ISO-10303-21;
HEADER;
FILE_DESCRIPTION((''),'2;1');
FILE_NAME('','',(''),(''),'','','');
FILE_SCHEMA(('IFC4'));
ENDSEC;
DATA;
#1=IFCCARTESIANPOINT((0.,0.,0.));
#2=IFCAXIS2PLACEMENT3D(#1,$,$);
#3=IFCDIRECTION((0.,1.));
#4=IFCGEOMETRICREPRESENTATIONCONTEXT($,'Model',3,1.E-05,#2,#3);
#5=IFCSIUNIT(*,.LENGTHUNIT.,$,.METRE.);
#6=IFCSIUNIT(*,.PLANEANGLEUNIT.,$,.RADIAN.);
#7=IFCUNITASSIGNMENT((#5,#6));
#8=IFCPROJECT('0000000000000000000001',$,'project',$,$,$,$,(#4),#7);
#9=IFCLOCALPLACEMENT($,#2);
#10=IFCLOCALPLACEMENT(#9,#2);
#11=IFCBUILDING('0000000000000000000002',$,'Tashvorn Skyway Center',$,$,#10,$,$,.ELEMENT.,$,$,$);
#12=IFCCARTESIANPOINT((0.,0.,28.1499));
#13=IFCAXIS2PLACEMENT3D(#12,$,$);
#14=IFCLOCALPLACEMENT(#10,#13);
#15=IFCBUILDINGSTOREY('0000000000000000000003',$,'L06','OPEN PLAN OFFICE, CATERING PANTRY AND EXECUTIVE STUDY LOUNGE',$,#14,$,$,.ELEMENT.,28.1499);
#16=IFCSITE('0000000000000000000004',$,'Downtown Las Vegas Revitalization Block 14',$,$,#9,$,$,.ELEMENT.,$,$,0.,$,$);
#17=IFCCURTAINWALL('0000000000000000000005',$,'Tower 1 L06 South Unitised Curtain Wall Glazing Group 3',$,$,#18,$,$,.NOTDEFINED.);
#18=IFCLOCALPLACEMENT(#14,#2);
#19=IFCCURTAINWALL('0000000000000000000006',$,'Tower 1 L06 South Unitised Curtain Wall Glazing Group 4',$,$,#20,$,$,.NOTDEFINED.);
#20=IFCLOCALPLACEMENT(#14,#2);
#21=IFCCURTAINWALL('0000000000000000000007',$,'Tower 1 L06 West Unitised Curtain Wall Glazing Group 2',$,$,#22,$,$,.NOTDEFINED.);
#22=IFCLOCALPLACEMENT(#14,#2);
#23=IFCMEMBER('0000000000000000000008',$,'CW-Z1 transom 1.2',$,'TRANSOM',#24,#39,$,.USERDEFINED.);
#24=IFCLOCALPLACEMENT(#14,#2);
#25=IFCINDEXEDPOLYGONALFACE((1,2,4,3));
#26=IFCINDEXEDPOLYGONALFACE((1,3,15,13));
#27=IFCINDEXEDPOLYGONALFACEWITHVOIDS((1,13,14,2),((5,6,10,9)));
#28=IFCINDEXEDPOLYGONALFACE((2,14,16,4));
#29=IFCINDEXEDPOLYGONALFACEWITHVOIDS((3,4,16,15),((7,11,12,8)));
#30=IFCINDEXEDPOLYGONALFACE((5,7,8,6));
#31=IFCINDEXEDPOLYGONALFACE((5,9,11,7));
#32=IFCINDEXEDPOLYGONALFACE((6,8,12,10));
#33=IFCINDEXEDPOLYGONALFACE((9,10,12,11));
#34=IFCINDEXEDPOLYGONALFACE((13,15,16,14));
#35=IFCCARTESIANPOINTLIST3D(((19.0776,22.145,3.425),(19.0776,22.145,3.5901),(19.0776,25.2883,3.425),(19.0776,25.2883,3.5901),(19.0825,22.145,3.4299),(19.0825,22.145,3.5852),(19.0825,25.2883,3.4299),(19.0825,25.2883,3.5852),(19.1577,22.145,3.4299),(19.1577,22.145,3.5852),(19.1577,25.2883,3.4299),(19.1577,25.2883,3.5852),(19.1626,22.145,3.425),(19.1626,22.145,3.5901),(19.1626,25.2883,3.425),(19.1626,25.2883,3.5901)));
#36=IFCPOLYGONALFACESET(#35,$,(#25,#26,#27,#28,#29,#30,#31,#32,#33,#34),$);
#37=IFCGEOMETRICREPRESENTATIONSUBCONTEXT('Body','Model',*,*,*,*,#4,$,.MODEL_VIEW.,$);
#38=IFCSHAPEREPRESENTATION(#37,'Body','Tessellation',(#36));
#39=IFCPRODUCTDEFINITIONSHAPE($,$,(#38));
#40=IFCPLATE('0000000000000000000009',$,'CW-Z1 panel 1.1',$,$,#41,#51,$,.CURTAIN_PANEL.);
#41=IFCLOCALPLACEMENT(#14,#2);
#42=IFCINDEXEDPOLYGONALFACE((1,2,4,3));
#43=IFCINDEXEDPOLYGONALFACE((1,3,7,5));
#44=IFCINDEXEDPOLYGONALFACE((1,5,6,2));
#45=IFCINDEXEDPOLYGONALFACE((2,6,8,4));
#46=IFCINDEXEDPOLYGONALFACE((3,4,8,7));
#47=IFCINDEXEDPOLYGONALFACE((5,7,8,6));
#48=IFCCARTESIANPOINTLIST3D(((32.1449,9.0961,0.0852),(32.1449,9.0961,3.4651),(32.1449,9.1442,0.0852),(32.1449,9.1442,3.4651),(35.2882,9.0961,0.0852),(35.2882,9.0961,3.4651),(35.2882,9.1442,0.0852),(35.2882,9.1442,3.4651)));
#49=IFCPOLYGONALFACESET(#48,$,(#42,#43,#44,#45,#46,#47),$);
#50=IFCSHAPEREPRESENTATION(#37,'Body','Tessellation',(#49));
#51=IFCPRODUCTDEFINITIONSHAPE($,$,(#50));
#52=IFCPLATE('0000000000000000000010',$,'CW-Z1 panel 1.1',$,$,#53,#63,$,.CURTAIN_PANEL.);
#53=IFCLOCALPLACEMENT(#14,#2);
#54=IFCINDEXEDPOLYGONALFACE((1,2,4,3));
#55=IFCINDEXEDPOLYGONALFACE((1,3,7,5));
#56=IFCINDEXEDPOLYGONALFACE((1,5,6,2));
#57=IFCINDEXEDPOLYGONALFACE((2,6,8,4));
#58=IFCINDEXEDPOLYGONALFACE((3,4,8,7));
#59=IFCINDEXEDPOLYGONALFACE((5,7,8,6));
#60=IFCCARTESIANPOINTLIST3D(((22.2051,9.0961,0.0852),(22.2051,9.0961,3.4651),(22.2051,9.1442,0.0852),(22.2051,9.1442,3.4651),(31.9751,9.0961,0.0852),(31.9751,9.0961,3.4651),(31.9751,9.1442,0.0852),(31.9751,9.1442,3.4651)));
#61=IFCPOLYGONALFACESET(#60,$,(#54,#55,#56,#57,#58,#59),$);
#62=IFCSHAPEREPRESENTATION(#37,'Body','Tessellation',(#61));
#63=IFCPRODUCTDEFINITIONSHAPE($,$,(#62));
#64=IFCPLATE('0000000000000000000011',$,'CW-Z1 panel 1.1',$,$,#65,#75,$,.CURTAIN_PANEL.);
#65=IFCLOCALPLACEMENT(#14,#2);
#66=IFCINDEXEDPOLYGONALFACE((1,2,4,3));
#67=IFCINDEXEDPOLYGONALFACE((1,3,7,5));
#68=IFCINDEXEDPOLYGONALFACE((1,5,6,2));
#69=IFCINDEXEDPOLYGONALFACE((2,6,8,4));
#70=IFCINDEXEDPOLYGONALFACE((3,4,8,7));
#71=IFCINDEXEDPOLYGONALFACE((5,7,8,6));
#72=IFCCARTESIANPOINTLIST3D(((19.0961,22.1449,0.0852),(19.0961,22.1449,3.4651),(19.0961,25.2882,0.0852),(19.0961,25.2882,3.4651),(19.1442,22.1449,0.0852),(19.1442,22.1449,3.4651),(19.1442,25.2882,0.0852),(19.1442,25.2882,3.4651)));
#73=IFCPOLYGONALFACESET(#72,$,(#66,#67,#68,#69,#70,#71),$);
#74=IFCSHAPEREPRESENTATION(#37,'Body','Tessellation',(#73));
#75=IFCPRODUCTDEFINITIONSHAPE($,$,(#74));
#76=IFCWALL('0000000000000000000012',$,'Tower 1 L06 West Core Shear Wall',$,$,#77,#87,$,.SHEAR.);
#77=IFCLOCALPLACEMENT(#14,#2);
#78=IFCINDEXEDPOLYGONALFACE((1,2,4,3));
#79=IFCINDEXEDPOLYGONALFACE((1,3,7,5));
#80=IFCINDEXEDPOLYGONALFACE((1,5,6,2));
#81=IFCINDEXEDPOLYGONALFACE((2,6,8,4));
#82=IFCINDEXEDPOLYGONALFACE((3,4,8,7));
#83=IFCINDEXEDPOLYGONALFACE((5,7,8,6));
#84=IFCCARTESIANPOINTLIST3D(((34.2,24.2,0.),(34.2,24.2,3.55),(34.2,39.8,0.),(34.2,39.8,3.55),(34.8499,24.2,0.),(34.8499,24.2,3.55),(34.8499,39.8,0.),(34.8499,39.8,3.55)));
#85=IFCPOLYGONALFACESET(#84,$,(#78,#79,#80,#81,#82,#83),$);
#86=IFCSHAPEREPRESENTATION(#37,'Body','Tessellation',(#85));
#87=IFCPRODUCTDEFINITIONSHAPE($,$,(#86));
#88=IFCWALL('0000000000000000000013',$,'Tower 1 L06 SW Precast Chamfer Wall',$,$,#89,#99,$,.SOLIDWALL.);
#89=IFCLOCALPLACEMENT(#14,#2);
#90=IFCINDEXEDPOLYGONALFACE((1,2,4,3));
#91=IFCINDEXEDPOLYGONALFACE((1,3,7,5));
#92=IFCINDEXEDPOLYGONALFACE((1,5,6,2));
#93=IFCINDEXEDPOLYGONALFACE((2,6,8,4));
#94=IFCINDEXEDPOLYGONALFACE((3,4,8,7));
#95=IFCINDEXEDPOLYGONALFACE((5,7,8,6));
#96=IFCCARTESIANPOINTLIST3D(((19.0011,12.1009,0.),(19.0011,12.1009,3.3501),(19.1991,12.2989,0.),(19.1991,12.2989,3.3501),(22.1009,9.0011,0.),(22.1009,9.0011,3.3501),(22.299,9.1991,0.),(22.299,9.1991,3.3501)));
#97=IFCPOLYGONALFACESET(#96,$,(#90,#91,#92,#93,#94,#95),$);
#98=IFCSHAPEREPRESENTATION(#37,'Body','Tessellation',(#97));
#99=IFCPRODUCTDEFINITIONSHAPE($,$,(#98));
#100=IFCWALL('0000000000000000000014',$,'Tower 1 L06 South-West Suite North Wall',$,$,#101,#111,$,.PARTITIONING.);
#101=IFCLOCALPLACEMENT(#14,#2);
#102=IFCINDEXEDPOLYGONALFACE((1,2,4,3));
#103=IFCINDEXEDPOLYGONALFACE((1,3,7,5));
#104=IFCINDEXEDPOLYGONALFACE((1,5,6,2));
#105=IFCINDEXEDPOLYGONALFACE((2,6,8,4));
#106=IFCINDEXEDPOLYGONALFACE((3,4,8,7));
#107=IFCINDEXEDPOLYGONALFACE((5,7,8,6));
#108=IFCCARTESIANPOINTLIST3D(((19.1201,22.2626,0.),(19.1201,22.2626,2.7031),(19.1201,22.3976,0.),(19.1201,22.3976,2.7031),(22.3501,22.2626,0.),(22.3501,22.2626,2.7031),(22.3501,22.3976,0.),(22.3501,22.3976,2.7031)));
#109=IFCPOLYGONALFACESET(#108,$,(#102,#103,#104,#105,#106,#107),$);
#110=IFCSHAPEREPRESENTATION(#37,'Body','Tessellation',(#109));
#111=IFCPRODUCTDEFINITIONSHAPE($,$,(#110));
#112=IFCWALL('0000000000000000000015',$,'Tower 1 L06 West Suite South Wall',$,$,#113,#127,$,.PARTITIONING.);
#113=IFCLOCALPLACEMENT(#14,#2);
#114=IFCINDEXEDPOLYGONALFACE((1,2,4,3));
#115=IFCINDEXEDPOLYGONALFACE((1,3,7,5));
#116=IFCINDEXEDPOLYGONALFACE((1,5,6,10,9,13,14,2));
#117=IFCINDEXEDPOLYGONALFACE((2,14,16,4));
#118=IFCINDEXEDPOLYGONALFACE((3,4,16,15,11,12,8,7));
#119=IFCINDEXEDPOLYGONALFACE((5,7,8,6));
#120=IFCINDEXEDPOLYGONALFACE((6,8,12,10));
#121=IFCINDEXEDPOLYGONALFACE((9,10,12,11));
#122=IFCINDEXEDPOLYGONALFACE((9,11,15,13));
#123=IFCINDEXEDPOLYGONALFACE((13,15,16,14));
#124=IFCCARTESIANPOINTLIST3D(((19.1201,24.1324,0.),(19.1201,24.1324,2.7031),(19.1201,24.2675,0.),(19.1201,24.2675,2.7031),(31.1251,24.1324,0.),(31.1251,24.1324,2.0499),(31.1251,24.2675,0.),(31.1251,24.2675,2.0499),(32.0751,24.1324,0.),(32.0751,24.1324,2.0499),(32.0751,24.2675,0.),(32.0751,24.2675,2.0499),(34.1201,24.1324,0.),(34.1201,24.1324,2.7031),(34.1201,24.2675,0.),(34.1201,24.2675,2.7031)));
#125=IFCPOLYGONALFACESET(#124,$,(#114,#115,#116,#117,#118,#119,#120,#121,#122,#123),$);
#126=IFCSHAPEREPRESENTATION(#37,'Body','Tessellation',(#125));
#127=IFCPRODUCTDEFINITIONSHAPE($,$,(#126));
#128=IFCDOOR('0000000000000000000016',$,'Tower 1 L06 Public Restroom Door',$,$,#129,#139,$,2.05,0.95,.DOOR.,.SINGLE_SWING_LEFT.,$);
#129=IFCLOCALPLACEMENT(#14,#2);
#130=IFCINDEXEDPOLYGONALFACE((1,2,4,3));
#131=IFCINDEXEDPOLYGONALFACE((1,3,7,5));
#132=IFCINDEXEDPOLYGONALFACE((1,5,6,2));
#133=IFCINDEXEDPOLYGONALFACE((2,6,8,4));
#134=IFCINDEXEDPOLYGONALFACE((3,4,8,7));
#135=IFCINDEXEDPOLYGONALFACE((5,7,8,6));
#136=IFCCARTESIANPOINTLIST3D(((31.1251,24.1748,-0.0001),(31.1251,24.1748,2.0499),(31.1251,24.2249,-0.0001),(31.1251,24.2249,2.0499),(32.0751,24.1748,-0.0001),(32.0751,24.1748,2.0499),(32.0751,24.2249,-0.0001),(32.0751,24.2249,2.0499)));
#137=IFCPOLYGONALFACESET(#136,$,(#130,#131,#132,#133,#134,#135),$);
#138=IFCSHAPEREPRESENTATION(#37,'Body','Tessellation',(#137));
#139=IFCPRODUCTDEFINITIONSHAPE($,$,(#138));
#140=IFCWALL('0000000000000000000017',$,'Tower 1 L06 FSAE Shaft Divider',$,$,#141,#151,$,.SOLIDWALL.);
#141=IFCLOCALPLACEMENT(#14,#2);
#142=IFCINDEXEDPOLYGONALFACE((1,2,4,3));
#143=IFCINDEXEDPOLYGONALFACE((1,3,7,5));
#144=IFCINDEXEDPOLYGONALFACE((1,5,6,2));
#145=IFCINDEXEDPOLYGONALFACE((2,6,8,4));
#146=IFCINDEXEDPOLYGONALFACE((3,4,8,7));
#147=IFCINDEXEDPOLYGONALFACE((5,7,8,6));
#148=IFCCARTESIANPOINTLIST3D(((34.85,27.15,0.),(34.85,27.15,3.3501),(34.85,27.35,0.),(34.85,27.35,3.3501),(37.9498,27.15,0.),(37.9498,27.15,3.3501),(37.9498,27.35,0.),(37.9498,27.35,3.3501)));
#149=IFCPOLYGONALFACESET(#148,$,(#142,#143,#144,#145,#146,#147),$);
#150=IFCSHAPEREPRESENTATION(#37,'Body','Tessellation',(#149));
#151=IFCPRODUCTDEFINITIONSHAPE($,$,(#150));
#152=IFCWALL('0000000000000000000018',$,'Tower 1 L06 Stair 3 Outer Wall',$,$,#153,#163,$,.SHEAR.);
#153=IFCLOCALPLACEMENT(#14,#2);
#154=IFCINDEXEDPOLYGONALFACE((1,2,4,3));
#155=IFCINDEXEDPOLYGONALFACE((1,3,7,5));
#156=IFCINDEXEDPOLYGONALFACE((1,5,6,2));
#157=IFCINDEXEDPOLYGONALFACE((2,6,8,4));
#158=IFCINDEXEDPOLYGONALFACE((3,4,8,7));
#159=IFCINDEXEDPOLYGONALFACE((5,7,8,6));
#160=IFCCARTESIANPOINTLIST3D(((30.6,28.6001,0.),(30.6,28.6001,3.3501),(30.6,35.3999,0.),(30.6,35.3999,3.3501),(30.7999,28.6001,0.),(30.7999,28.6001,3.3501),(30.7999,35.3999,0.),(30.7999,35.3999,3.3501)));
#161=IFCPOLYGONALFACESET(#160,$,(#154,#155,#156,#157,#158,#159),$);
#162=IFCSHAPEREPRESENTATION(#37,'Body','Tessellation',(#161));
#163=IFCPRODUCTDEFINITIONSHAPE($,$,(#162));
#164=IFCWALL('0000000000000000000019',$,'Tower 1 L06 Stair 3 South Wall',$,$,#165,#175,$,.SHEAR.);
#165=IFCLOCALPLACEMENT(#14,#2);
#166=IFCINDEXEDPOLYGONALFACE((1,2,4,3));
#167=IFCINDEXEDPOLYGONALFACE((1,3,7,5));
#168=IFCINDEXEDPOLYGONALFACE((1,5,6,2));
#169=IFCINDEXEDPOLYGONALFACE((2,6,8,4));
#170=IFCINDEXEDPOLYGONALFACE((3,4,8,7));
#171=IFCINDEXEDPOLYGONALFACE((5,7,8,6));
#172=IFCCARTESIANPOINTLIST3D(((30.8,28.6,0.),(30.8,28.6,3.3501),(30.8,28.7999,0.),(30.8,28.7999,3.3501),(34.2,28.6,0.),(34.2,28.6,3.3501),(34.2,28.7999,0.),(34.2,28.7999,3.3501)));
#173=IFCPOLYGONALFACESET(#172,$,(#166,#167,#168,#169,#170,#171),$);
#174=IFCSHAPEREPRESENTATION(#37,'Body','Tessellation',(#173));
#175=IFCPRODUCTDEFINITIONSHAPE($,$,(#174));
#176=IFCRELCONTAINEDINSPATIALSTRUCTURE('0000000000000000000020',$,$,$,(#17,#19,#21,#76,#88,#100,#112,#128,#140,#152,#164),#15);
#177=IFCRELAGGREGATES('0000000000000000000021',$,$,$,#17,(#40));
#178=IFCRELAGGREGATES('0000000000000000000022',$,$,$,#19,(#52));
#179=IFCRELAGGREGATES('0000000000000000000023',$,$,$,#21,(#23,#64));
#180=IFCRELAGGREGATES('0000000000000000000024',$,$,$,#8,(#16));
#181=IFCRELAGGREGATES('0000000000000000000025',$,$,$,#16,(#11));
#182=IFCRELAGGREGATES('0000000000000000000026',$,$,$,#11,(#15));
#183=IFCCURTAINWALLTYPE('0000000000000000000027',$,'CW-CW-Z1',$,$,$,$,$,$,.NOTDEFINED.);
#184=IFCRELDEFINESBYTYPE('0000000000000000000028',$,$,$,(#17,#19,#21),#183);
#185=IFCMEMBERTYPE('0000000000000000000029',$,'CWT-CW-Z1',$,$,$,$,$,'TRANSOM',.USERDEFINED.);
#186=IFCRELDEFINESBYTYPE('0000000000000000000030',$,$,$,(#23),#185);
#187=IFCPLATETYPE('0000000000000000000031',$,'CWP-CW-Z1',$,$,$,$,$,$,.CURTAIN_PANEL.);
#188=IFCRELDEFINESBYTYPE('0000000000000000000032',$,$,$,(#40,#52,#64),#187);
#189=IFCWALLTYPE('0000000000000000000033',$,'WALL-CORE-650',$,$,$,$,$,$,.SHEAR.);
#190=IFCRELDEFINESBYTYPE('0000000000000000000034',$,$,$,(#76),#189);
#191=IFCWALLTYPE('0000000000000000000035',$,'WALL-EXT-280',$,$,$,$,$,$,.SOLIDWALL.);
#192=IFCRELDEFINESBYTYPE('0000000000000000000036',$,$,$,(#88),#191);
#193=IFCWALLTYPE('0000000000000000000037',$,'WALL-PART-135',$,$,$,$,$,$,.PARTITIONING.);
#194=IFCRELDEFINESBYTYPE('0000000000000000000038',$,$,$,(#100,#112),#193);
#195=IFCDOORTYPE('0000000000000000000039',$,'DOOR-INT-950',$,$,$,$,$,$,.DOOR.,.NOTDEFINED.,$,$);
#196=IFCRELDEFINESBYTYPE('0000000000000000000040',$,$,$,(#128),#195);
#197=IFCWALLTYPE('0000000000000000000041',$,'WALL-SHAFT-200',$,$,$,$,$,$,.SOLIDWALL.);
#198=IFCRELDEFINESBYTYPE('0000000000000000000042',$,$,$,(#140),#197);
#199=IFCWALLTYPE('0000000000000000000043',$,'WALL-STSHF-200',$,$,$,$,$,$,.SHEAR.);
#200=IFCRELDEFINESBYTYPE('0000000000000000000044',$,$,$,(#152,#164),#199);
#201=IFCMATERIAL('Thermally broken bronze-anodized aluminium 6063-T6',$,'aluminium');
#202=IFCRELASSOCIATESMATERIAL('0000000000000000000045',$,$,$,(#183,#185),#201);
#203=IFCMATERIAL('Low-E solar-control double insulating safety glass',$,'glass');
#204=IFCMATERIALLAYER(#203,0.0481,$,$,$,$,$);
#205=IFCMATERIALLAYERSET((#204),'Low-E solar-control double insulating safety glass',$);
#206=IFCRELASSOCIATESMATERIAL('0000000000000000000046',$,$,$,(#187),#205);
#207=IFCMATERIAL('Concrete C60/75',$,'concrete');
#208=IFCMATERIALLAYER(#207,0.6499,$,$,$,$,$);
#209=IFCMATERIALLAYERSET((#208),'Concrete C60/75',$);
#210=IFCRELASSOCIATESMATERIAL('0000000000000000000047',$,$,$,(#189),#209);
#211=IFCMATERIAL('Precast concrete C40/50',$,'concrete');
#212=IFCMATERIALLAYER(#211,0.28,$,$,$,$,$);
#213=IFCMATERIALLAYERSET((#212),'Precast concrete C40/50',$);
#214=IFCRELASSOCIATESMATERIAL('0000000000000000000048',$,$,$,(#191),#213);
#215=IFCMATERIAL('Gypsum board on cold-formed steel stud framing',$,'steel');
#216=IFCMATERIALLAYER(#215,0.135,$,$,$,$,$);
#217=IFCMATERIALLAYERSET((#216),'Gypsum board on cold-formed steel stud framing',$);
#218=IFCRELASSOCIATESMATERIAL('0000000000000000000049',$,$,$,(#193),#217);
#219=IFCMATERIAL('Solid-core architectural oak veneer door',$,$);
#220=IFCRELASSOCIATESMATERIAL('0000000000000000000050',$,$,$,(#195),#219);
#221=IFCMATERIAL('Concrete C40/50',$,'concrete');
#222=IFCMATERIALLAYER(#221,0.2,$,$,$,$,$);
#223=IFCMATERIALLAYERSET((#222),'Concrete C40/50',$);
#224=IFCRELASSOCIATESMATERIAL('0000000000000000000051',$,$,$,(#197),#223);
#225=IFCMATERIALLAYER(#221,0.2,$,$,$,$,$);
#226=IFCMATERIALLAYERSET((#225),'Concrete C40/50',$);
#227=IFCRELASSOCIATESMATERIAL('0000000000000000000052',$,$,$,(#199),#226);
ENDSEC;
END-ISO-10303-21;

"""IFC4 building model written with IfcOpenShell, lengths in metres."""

from ifc_helpers import new_model, si_unit, direction, frame, frame_2d, origin, origin_2d, place, context, subcontext, project, spatial, rectangle, hollow_rectangle, extrude, material, layer, layer_set, material_profile, profile_set, type_object, element, fill, aggregate, save


model = new_model("IFC4")

# Units and contexts
model_context = context("Model", 3, precision=1e-05, world=origin(), true_north=direction((0.0, 1.0)))
body_context = subcontext(model_context, "Body", "Model", "MODEL_VIEW")
ifc_project = project(units=[si_unit("LENGTHUNIT", "METRE"), si_unit("PLANEANGLEUNIT", "RADIAN")], contexts=[model_context])

# Site, building, storey
site_placement = place(None, origin())
site = spatial("IfcSite", under=ifc_project, at=site_placement, Name="Downtown Las Vegas Revitalization Block 14", CompositionType="ELEMENT", RefElevation=0.0)
building_placement = place(site_placement, origin())
building = spatial("IfcBuilding", under=site, at=building_placement, Name="Tashvorn Skyway Center", CompositionType="ELEMENT")
storey_placement = place(building_placement, frame((0.0, 0.0, 28.1499)))
storey = spatial("IfcBuildingStorey", under=building, at=storey_placement, Name="L06", Description="OPEN PLAN OFFICE, CATERING PANTRY AND EXECUTIVE STUDY LOUNGE", CompositionType="ELEMENT", Elevation=28.1499)

# Curtain walls
ifc_material_1 = material(Name="Thermally broken bronze-anodized aluminium 6063-T6", Category="aluminium")
curtain_wall_type = type_object("IfcCurtainWallType", Name="CW-CW-Z1", PredefinedType="NOTDEFINED", material=ifc_material_1)
curtain_wall_1_placement = place(storey_placement, origin())
curtain_wall_1 = element("IfcCurtainWall", 1, at=curtain_wall_1_placement, inside=storey, type_object=curtain_wall_type, Name="Tower 1 L06 South Unitised Curtain Wall Glazing Group 3", PredefinedType="NOTDEFINED")
curtain_wall_2_placement = place(storey_placement, origin())
curtain_wall_2 = element("IfcCurtainWall", 2, at=curtain_wall_2_placement, inside=storey, type_object=curtain_wall_type, Name="Tower 1 L06 South Unitised Curtain Wall Glazing Group 4", PredefinedType="NOTDEFINED")
curtain_wall_3_placement = place(storey_placement, origin())
curtain_wall_3 = element("IfcCurtainWall", 3, at=curtain_wall_3_placement, inside=storey, type_object=curtain_wall_type, Name="Tower 1 L06 West Unitised Curtain Wall Glazing Group 2", PredefinedType="NOTDEFINED")

# Member
ifc_material_profile_1 = material_profile(ifc_material_1, hollow_rectangle(XDim=0.085, YDim=0.165, WallThickness=0.0049, at=origin_2d()), Name="ALU-TRAN-85x165")
ifc_profile_set_1 = profile_set([ifc_material_profile_1], Name="Thermally broken bronze-anodized aluminium 6063-T6")
member_type_1 = type_object("IfcMemberType", Name="CWT-CW-Z1", ElementType="TRANSOM", PredefinedType="USERDEFINED", material=ifc_profile_set_1)
member_1_placement = place(storey_placement, frame((19.1201, 22.145, 3.5076), z_axis=(0.0, 1.0, 0.0), x_axis=(-1.0, 0.0, 0.0)))
member_1 = element("IfcMember", 4, at=member_1_placement, type_object=member_type_1, Name="CW-Z1 transom 1.2", ObjectType="TRANSOM", PredefinedType="USERDEFINED", context=body_context, shape_type="SweptSolid", body=[
    extrude(hollow_rectangle(XDim=0.085, YDim=0.165, WallThickness=0.0049, at=origin_2d()), origin(), (0.0, 0.0, 1.0), 3.1433),
])

# Plates
ifc_material_2 = material(Name="Low-E solar-control double insulating safety glass", Category="glass")
ifc_layer_1 = layer(ifc_material_2, 0.0481)
ifc_layer_set_1 = layer_set([ifc_layer_1], Name="Low-E solar-control double insulating safety glass")
plate_type = type_object("IfcPlateType", Name="CWP-CW-Z1", PredefinedType="CURTAIN_PANEL", material=ifc_layer_set_1)
plate_1_placement = place(storey_placement, frame((33.7166, 9.1201, 0.0852), z_axis=(0.0, 0.0, 1.0), x_axis=(-1.0, 0.0, 0.0)))
plate_1 = element("IfcPlate", 5, at=plate_1_placement, type_object=plate_type, Name="CW-Z1 panel 1.1", PredefinedType="CURTAIN_PANEL", context=body_context, shape_type="SweptSolid", body=[
    extrude(rectangle(XDim=3.1433, YDim=0.0481, at=origin_2d()), origin(), (0.0, 0.0, 1.0), 3.3799),
])
aggregate(curtain_wall_1, [plate_1])
plate_2_placement = place(storey_placement, frame((27.0901, 9.1201, 0.0852), z_axis=(0.0, 0.0, 1.0), x_axis=(-1.0, 0.0, 0.0)))
plate_2 = element("IfcPlate", 6, at=plate_2_placement, type_object=plate_type, Name="CW-Z1 panel 1.1", PredefinedType="CURTAIN_PANEL", context=body_context, shape_type="SweptSolid", body=[
    extrude(rectangle(XDim=9.77, YDim=0.0481, at=origin_2d()), origin(), (0.0, 0.0, 1.0), 3.3799),
])
aggregate(curtain_wall_2, [plate_2])
plate_3_placement = place(storey_placement, frame((19.1201, 23.7166, 0.0852), z_axis=(0.0, 0.0, 1.0), x_axis=(0.0, 1.0, 0.0)))
plate_3 = element("IfcPlate", 7, at=plate_3_placement, type_object=plate_type, Name="CW-Z1 panel 1.1", PredefinedType="CURTAIN_PANEL", context=body_context, shape_type="SweptSolid", body=[
    extrude(rectangle(XDim=3.1433, YDim=0.0481, at=origin_2d()), origin(), (0.0, 0.0, 1.0), 3.3799),
])
aggregate(curtain_wall_3, [member_1, plate_3])

# Walls
ifc_material_3 = material(Name="Concrete C60/75", Category="concrete")
ifc_layer_2 = layer(ifc_material_3, 0.6499)
ifc_layer_set_2 = layer_set([ifc_layer_2], Name="Concrete C60/75")
wall_type_1 = type_object("IfcWallType", Name="WALL-CORE-650", PredefinedType="SHEAR", material=ifc_layer_set_2)
wall_1_placement = place(storey_placement, frame((34.5249, 24.2, 0.0), z_axis=(0.0, 0.0, 1.0), x_axis=(0.0, 1.0, 0.0)))
element("IfcWall", 8, at=wall_1_placement, inside=storey, type_object=wall_type_1, Name="Tower 1 L06 West Core Shear Wall", PredefinedType="SHEAR", context=body_context, shape_type="SweptSolid", body=[
    extrude(rectangle(XDim=15.6001, YDim=0.6499, at=frame_2d((7.8, 0.0))), origin(), (0.0, 0.0, 1.0), 3.55),
])
ifc_material_4 = material(Name="Precast concrete C40/50", Category="concrete")
ifc_layer_3 = layer(ifc_material_4, 0.28)
ifc_layer_set_3 = layer_set([ifc_layer_3], Name="Precast concrete C40/50")
wall_type_2 = type_object("IfcWallType", Name="WALL-EXT-280", PredefinedType="SOLIDWALL", material=ifc_layer_set_3)
wall_2_placement = place(storey_placement, frame((22.2, 9.1001, 0.0), z_axis=(0.0, 0.0, 1.0), x_axis=(-0.707107, 0.707107, 0.0)))
element("IfcWall", 9, at=wall_2_placement, inside=storey, type_object=wall_type_2, Name="Tower 1 L06 SW Precast Chamfer Wall", PredefinedType="SOLIDWALL", context=body_context, shape_type="SweptSolid", body=[
    extrude(rectangle(XDim=4.3838, YDim=0.28, at=frame_2d((2.1919, 0.0))), origin(), (0.0, 0.0, 1.0), 3.3501),
])
ifc_material_5 = material(Name="Gypsum board on cold-formed steel stud framing", Category="steel")
ifc_layer_4 = layer(ifc_material_5, 0.135)
ifc_layer_set_4 = layer_set([ifc_layer_4], Name="Gypsum board on cold-formed steel stud framing")
wall_type_3 = type_object("IfcWallType", Name="WALL-PART-135", PredefinedType="PARTITIONING", material=ifc_layer_set_4)
wall_3_placement = place(storey_placement, frame((19.1201, 22.3301, 0.0), z_axis=(0.0, 0.0, 1.0), x_axis=(1.0, 0.0, 0.0)))
element("IfcWall", 10, at=wall_3_placement, inside=storey, type_object=wall_type_3, Name="Tower 1 L06 South-West Suite North Wall", PredefinedType="PARTITIONING", context=body_context, shape_type="SweptSolid", body=[
    extrude(rectangle(XDim=3.23, YDim=0.135, at=frame_2d((1.615, 0.0))), origin(), (0.0, 0.0, 1.0), 2.7031),
])

# Wall, opening, door
wall_4_placement = place(storey_placement, frame((19.1201, 24.2, 0.0), z_axis=(0.0, 0.0, 1.0), x_axis=(1.0, 0.0, 0.0)))
wall_4 = element("IfcWall", 11, at=wall_4_placement, inside=storey, type_object=wall_type_3, Name="Tower 1 L06 West Suite South Wall", PredefinedType="PARTITIONING", context=body_context, shape_type="SweptSolid", body=[
    extrude(rectangle(XDim=15.0, YDim=0.135, at=frame_2d((7.5, 0.0))), origin(), (0.0, 0.0, 1.0), 2.7031),
])
opening_placement = place(wall_4_placement, frame((12.0049, 0.0, 0.0)))
opening = element("IfcOpeningElement", 12, at=opening_placement, cuts=wall_4, PredefinedType="OPENING", context=body_context, shape_type="SweptSolid", body=[
    extrude(rectangle(XDim=0.95, YDim=2.05, at=frame_2d((0.4751, 1.0249))), frame((0.0, 0.0774, 0.0), z_axis=(0.0, -1.0, 0.0), x_axis=(1.0, 0.0, 0.0)), (0.0, 0.0, 1.0), 0.155),
])
ifc_material_6 = material(Name="Solid-core architectural oak veneer door")
door_type = type_object("IfcDoorType", Name="DOOR-INT-950", OperationType="NOTDEFINED", PredefinedType="DOOR", material=ifc_material_6)
door_placement = place(opening_placement, origin())
door = element("IfcDoor", 13, at=door_placement, inside=storey, type_object=door_type, Name="Tower 1 L06 Public Restroom Door", OperationType="SINGLE_SWING_LEFT", OverallHeight=2.05, OverallWidth=0.95, PredefinedType="DOOR", context=body_context, shape_type="SweptSolid", body=[
    extrude(rectangle(XDim=0.95, YDim=2.05, at=frame_2d((0.4751, 1.0249))), frame((0.0, 0.0249, 0.0), z_axis=(0.0, -1.0, 0.0), x_axis=(1.0, 0.0, 0.0)), (0.0, 0.0, 1.0), 0.05),
])
fill(opening, door)

# Walls
ifc_material_7 = material(Name="Concrete C40/50", Category="concrete")
ifc_layer_5 = layer(ifc_material_7, 0.2)
ifc_layer_set_5 = layer_set([ifc_layer_5], Name="Concrete C40/50")
wall_type_4 = type_object("IfcWallType", Name="WALL-SHAFT-200", PredefinedType="SOLIDWALL", material=ifc_layer_set_5)
wall_5_placement = place(storey_placement, frame((34.8501, 27.25, 0.0), z_axis=(0.0, 0.0, 1.0), x_axis=(1.0, 0.0, 0.0)))
element("IfcWall", 14, at=wall_5_placement, inside=storey, type_object=wall_type_4, Name="Tower 1 L06 FSAE Shaft Divider", PredefinedType="SOLIDWALL", context=body_context, shape_type="SweptSolid", body=[
    extrude(rectangle(XDim=3.0999, YDim=0.2, at=frame_2d((1.5498, 0.0))), origin(), (0.0, 0.0, 1.0), 3.3501),
])
ifc_layer_6 = layer(ifc_material_7, 0.2)
ifc_layer_set_6 = layer_set([ifc_layer_6], Name="Concrete C40/50")
wall_type_5 = type_object("IfcWallType", Name="WALL-STSHF-200", PredefinedType="SHEAR", material=ifc_layer_set_6)
wall_6_placement = place(storey_placement, frame((30.7, 28.6001, 0.0), z_axis=(0.0, 0.0, 1.0), x_axis=(0.0, 1.0, 0.0)))
element("IfcWall", 15, at=wall_6_placement, inside=storey, type_object=wall_type_5, Name="Tower 1 L06 Stair 3 Outer Wall", PredefinedType="SHEAR", context=body_context, shape_type="SweptSolid", body=[
    extrude(rectangle(XDim=6.7998, YDim=0.2, at=frame_2d((3.3999, 0.0))), origin(), (0.0, 0.0, 1.0), 3.3501),
])
wall_7_placement = place(storey_placement, frame((30.8, 28.7, 0.0), z_axis=(0.0, 0.0, 1.0), x_axis=(1.0, 0.0, 0.0)))
element("IfcWall", 16, at=wall_7_placement, inside=storey, type_object=wall_type_5, Name="Tower 1 L06 Stair 3 South Wall", PredefinedType="SHEAR", context=body_context, shape_type="SweptSolid", body=[
    extrude(rectangle(XDim=3.3999, YDim=0.2, at=frame_2d((1.7, 0.0))), origin(), (0.0, 0.0, 1.0), 3.3501),
])

save(model, "model.ifc")
